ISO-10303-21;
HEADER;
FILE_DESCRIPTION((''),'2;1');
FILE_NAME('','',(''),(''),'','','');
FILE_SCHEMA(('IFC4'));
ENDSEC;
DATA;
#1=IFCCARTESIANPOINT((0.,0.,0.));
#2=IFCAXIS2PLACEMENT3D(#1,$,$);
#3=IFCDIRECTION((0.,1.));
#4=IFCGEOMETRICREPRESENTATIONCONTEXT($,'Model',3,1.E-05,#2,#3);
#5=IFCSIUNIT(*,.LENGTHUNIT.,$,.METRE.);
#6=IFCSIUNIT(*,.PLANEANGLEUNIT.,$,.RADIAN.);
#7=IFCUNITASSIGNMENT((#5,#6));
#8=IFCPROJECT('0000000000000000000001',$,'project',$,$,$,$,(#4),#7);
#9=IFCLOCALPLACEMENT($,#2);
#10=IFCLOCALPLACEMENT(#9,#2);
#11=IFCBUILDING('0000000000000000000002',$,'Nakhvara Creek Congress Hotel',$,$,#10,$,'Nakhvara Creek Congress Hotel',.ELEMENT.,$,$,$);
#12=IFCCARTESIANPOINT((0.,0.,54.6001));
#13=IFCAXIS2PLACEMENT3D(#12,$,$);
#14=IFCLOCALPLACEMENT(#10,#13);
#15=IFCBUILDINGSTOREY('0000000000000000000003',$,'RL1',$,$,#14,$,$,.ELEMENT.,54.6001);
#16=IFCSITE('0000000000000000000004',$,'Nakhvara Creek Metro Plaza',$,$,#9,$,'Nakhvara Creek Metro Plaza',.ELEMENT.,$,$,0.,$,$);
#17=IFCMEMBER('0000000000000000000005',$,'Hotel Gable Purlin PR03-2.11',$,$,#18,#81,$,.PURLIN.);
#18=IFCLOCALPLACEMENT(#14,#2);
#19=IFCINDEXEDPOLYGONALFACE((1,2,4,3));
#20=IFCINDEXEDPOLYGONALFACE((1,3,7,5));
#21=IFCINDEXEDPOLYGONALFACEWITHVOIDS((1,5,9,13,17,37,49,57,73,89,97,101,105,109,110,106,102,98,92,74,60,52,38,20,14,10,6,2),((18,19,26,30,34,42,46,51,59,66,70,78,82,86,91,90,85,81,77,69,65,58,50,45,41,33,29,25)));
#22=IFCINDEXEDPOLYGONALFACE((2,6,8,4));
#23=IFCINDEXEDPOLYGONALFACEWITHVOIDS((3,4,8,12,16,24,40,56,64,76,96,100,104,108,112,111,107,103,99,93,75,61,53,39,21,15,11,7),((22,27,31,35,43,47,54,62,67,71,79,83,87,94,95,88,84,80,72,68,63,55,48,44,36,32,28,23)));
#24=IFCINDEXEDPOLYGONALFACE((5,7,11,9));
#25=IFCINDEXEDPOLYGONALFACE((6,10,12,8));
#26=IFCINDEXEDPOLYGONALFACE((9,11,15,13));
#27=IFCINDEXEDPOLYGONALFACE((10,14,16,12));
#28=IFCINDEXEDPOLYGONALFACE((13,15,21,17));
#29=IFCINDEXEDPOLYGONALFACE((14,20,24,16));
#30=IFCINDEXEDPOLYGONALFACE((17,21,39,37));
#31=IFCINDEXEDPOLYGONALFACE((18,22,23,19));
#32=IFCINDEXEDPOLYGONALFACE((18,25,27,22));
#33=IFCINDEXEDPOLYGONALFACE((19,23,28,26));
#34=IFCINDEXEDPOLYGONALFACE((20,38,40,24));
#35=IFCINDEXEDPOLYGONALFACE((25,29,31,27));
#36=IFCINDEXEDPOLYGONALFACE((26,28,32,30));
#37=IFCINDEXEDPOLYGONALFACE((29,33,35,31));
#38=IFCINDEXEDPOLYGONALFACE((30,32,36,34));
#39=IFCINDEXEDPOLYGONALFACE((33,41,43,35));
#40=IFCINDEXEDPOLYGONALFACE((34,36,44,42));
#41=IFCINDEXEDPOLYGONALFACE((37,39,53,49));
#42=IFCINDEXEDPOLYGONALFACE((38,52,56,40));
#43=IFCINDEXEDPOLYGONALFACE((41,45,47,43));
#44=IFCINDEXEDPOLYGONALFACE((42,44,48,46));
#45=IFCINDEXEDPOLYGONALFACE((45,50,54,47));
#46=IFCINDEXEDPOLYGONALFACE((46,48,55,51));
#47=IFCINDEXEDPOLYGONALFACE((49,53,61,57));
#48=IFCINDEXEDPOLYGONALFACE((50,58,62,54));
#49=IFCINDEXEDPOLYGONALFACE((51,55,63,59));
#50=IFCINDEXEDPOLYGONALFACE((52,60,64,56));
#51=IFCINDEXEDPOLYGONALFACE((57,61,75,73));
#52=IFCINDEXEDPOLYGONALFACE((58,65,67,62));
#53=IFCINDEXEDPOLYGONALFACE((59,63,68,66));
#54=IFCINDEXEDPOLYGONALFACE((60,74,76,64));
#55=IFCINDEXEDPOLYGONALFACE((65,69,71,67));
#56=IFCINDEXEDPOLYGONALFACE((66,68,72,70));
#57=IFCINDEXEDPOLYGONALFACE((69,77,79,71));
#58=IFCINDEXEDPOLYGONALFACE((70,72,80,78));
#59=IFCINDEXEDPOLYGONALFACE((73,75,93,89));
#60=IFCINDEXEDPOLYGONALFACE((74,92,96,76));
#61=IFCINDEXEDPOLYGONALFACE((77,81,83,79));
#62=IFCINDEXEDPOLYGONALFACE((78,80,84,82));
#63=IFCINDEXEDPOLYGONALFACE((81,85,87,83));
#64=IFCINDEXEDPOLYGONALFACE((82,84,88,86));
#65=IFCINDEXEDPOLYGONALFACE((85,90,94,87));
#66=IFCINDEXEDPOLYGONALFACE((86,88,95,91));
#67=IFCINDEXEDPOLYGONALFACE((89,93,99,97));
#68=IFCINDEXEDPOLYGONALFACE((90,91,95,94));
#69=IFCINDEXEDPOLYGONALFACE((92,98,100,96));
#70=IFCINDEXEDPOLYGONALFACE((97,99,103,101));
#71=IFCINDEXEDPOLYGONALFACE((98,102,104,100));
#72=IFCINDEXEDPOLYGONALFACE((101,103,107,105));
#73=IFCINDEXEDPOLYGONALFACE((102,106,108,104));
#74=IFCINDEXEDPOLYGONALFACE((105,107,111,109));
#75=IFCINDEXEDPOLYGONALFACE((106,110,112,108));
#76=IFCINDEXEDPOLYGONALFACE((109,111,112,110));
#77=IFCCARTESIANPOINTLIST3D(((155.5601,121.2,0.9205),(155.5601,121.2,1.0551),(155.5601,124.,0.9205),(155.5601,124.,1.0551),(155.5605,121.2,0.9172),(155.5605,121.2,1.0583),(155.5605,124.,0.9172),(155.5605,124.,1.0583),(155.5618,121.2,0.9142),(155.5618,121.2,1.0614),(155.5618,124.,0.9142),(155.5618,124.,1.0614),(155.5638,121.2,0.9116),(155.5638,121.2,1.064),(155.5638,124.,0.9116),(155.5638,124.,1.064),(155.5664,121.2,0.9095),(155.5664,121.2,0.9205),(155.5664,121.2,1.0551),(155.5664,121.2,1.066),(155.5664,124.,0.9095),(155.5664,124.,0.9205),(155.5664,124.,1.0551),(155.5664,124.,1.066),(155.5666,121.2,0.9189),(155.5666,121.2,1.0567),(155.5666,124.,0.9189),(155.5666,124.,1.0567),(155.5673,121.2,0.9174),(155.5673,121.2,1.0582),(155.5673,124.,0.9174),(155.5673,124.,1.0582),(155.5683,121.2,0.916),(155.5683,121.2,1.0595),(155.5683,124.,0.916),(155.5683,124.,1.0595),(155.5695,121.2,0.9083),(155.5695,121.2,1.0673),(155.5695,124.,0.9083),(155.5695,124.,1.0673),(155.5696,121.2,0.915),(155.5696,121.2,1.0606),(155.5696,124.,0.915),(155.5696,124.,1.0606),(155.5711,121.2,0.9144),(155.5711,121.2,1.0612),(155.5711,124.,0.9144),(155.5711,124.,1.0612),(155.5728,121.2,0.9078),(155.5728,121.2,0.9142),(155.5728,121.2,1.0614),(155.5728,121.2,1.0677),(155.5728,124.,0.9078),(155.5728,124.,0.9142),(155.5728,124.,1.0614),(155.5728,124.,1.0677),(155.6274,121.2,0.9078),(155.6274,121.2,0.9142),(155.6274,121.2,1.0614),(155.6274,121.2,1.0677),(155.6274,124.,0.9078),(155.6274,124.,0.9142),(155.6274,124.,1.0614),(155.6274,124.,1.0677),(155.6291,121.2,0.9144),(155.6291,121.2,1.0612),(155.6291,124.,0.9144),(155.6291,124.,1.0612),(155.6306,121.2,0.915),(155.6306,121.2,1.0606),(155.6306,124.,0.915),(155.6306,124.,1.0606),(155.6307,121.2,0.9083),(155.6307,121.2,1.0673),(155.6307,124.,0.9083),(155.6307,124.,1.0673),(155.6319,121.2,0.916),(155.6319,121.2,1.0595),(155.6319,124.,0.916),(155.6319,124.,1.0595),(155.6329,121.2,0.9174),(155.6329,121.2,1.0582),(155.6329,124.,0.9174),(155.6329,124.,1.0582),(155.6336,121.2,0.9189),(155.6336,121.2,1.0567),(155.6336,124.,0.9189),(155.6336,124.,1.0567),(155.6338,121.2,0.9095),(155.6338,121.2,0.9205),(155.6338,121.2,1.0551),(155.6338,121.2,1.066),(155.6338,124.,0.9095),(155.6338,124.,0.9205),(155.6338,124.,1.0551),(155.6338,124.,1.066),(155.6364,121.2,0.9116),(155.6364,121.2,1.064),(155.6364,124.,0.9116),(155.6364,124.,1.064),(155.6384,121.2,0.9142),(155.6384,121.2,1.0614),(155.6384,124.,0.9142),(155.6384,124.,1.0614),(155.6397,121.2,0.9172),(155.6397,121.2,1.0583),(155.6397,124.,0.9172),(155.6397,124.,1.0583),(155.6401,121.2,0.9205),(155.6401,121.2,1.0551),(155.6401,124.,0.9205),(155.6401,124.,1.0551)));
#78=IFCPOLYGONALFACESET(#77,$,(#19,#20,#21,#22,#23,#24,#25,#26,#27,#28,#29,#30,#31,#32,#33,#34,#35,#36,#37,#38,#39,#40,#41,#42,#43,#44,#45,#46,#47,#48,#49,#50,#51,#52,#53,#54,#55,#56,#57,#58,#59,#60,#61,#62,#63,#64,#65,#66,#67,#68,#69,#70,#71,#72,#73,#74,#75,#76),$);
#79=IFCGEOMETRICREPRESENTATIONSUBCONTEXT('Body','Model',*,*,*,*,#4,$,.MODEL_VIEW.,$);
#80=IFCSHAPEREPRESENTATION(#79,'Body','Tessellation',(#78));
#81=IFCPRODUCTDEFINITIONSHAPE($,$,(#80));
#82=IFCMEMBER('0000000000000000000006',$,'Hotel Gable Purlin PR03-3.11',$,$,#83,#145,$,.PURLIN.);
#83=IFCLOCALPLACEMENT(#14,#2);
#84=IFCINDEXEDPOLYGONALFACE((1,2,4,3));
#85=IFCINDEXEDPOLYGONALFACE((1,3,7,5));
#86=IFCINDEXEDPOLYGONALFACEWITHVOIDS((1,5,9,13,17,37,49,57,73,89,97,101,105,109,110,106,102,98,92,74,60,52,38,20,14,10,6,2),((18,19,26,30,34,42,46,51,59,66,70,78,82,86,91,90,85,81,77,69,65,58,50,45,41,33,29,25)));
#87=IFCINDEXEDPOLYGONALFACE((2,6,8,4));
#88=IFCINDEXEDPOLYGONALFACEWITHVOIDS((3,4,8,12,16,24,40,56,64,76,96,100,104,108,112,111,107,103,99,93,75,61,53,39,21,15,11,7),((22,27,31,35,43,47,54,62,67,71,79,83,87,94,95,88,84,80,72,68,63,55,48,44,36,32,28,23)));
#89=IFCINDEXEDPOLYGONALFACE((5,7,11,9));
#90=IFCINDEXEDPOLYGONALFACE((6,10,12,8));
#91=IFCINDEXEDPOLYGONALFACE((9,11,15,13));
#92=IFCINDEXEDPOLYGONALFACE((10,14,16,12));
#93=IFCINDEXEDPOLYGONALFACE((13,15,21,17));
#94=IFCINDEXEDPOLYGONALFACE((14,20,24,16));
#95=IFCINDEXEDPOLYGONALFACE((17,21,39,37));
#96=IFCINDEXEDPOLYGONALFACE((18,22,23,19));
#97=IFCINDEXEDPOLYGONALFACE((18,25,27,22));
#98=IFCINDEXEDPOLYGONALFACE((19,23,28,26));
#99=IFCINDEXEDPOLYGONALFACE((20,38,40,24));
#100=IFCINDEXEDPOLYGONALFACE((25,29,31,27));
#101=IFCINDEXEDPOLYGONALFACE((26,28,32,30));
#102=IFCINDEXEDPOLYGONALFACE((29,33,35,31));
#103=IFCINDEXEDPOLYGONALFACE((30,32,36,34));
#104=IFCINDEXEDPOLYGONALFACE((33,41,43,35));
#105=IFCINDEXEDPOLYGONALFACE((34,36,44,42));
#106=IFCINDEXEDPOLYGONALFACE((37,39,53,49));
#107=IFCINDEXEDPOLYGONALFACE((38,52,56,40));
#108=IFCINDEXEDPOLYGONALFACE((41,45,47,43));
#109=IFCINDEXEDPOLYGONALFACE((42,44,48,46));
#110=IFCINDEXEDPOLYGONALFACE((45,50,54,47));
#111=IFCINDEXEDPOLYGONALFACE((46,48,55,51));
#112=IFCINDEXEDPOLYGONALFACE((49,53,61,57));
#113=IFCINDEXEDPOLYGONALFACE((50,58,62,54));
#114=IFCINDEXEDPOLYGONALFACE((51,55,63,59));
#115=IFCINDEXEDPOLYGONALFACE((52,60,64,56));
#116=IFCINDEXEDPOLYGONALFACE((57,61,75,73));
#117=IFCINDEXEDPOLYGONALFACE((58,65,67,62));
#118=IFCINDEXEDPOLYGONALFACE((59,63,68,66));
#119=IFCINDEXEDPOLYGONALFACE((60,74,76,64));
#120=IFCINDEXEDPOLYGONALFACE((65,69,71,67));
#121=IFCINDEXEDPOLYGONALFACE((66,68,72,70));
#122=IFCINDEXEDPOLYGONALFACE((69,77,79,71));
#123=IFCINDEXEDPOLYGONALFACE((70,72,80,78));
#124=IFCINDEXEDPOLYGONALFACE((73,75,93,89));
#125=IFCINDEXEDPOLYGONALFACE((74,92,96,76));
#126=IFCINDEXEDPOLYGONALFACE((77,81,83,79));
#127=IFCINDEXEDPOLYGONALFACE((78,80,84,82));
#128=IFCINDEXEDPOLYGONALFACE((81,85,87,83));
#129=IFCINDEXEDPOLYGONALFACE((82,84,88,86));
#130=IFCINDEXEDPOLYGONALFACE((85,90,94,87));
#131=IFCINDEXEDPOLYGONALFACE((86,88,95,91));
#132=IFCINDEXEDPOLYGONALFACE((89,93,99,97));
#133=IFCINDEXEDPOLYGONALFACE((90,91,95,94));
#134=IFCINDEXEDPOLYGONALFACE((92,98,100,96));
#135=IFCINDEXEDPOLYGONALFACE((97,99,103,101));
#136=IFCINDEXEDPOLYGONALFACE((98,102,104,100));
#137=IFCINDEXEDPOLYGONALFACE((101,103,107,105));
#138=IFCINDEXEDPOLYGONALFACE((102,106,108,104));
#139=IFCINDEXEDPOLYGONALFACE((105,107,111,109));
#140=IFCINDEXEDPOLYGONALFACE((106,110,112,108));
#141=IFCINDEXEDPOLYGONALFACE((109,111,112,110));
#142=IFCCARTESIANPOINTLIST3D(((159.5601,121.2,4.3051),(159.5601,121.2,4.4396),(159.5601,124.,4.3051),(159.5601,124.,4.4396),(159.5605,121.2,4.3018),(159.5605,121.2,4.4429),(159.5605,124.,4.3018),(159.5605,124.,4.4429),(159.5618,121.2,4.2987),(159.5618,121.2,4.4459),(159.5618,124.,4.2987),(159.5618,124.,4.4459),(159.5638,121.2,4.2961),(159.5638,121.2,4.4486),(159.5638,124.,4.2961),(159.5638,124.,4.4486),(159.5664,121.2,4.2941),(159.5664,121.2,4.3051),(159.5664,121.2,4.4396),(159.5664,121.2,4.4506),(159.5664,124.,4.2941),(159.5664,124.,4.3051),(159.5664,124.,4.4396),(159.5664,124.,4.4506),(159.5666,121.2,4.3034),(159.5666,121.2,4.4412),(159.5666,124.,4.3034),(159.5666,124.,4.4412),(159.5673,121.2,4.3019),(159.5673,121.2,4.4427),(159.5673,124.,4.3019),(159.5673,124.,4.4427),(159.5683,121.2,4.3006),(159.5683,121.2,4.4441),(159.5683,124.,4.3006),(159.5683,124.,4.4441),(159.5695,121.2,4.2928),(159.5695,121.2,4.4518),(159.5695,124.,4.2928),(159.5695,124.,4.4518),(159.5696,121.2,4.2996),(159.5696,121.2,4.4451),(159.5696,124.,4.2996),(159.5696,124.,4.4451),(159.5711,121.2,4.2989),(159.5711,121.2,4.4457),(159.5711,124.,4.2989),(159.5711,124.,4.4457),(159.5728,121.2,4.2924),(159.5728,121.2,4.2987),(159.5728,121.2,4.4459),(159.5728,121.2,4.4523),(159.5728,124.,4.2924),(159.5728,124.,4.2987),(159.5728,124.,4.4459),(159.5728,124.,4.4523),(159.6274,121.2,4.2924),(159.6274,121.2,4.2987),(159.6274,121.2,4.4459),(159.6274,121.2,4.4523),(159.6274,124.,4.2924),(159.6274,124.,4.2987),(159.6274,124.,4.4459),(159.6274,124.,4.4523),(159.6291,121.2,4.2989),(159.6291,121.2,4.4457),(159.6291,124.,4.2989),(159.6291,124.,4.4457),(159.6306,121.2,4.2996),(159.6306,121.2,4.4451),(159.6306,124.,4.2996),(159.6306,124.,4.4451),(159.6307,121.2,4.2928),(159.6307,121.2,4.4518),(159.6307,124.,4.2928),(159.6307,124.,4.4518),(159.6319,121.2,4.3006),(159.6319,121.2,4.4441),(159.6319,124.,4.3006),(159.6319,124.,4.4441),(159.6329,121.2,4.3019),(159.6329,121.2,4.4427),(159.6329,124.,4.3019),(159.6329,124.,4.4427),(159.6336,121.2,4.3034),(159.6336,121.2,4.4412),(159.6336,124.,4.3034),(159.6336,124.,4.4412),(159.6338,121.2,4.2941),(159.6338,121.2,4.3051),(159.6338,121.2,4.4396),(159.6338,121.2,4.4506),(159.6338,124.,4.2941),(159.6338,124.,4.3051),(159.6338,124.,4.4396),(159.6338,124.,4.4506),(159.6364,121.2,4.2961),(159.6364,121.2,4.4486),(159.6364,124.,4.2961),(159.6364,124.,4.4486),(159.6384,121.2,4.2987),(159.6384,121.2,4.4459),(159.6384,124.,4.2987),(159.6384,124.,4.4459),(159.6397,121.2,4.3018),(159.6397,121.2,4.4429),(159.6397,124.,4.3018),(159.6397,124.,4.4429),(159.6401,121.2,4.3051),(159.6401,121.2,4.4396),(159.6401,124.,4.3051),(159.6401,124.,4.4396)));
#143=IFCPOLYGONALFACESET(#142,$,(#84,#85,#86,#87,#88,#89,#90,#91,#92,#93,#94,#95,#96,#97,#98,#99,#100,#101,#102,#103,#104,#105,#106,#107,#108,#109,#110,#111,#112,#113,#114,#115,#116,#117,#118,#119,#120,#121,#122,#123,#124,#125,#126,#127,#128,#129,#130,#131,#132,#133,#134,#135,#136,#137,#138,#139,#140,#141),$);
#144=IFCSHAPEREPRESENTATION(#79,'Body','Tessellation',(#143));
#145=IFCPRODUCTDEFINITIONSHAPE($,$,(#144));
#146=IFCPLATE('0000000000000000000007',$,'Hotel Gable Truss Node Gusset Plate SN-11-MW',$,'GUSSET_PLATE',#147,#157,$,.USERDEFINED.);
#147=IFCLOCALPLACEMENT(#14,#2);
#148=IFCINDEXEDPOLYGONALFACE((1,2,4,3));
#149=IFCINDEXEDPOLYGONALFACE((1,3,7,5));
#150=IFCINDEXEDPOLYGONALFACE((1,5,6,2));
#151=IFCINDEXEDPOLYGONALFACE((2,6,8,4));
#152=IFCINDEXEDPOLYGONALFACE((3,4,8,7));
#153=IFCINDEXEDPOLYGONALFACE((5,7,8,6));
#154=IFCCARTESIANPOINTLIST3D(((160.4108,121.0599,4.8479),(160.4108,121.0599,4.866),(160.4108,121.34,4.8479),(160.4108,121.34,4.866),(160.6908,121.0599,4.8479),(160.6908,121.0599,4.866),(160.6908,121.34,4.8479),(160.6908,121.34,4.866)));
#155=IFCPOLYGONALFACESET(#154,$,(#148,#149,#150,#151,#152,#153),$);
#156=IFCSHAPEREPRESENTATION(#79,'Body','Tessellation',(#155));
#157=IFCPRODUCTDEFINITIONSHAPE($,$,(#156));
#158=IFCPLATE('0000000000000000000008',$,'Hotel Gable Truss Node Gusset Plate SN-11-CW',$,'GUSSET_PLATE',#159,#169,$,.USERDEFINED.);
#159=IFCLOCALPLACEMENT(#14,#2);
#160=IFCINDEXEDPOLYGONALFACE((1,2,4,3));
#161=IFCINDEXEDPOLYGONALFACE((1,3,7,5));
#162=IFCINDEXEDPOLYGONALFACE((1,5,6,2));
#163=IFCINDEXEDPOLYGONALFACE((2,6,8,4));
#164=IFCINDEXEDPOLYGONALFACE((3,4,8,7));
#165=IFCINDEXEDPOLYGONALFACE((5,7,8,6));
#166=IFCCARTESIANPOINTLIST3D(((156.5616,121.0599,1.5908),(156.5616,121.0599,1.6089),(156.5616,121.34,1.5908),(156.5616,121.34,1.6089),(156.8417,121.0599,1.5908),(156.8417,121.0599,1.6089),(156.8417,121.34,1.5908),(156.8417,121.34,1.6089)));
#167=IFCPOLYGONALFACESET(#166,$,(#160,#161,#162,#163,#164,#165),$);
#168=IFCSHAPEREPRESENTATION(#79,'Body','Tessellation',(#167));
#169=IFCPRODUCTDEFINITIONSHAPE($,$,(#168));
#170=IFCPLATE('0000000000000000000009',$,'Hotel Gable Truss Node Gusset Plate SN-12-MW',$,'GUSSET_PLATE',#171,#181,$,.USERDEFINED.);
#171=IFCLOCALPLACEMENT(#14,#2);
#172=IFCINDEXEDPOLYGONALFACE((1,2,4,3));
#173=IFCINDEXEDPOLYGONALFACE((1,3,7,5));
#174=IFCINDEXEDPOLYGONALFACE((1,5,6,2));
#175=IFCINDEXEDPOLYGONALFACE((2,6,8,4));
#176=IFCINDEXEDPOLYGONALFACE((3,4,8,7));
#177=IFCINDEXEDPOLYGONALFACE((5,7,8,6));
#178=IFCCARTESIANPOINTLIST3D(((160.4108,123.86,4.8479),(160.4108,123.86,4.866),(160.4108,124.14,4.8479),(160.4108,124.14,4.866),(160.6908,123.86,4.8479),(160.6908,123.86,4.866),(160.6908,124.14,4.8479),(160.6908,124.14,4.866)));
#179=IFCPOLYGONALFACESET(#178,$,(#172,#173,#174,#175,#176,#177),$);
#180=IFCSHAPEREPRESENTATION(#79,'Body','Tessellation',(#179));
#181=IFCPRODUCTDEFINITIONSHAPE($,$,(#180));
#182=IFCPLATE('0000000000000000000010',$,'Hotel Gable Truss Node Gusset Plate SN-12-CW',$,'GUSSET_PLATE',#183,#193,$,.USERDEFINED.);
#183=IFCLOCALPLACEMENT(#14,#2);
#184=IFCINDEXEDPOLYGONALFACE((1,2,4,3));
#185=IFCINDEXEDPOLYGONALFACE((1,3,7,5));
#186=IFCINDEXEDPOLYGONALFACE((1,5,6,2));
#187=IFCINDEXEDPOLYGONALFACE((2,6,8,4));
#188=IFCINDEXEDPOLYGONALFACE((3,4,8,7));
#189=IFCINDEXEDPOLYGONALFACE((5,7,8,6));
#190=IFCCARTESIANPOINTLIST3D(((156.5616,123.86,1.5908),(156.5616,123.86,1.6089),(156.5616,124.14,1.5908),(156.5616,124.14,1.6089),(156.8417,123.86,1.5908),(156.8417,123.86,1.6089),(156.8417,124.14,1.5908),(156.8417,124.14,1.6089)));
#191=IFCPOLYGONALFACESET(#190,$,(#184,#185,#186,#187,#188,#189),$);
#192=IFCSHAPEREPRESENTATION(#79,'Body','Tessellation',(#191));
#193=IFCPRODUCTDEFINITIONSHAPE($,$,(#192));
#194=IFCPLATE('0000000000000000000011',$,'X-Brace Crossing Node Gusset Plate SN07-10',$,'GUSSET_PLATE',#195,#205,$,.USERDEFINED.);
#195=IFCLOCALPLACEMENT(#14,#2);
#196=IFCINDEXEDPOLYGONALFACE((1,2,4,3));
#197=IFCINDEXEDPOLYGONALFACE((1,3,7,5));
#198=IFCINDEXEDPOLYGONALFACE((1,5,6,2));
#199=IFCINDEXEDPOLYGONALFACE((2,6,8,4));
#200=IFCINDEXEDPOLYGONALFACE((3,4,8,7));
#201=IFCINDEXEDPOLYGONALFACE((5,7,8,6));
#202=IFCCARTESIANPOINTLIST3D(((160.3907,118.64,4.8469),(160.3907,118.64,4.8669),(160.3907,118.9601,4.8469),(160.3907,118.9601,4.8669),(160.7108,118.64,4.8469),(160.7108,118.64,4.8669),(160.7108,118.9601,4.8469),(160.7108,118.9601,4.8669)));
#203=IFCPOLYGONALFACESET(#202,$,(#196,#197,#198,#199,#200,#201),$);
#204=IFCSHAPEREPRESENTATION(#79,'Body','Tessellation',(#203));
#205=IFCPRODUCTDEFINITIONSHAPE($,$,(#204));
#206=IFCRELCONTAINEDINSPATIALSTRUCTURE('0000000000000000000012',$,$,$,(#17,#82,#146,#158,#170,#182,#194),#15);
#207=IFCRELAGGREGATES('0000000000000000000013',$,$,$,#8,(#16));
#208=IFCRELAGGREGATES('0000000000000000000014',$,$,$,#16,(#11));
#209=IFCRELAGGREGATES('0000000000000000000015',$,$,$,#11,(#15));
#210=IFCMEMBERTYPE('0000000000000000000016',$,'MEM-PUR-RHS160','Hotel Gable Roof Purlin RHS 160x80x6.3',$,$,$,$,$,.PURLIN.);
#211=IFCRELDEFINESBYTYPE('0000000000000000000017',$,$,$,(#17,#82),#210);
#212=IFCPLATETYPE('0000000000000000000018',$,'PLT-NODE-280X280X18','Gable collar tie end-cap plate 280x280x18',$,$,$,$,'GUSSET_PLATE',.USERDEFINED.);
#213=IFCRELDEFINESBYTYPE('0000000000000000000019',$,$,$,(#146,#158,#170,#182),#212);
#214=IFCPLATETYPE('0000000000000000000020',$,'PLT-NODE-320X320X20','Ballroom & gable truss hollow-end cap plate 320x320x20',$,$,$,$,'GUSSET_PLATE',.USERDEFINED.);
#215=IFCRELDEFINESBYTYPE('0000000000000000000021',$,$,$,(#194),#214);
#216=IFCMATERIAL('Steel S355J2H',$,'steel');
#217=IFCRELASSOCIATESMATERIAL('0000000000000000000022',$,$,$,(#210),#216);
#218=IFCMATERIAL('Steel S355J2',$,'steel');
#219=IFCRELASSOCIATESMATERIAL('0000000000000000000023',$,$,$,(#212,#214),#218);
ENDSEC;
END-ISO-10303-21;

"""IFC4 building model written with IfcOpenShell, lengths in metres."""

from ifc_helpers import new_model, si_unit, direction, frame, origin, origin_2d, place, context, subcontext, project, spatial, rectangle, hollow_rectangle, extrude, material, material_profile, profile_set, type_object, element, save


model = new_model("IFC4")

# Units and contexts
model_context = context("Model", 3, precision=1e-05, world=origin(), true_north=direction((0.0, 1.0)))
body_context = subcontext(model_context, "Body", "Model", "MODEL_VIEW")
ifc_project = project(units=[si_unit("LENGTHUNIT", "METRE"), si_unit("PLANEANGLEUNIT", "RADIAN")], contexts=[model_context])

# Site, building, storey
site_placement = place(None, origin())
site = spatial("IfcSite", under=ifc_project, at=site_placement, Name="Nakhvara Creek Metro Plaza", LongName="Nakhvara Creek Metro Plaza", CompositionType="ELEMENT", RefElevation=0.0)
building_placement = place(site_placement, origin())
building = spatial("IfcBuilding", under=site, at=building_placement, Name="Nakhvara Creek Congress Hotel", LongName="Nakhvara Creek Congress Hotel", CompositionType="ELEMENT")
storey_placement = place(building_placement, frame((0.0, 0.0, 54.6001)))
storey = spatial("IfcBuildingStorey", under=building, at=storey_placement, Name="RL1", CompositionType="ELEMENT", Elevation=54.6001)

# Shared definitions
ifc_material_1 = material(Name="Steel S355J2", Category="steel")

# Members
ifc_material_2 = material(Name="Steel S355J2H", Category="steel")
ifc_material_profile_1 = material_profile(ifc_material_2, hollow_rectangle(XDim=0.0801, YDim=0.1599, WallThickness=0.0063, InnerFilletRadius=0.0063, OuterFilletRadius=0.0127, at=origin_2d()), Name="RHS 160x80x6.3", Category="LoadBearing")
ifc_profile_set_1 = profile_set([ifc_material_profile_1], Name="Steel S355J2H")
member_type_1 = type_object("IfcMemberType", Name="MEM-PUR-RHS160", Description="Hotel Gable Roof Purlin RHS 160x80x6.3", PredefinedType="PURLIN", material=ifc_profile_set_1)
for number, where, z_axis, x_axis, name in (
    (1, (155.6001, 121.2, 0.9878), (0.0, 1.0, 0.0), (-1.0, 0.0, 0.0), "Hotel Gable Purlin PR03-2.11"),
    (2, (159.6001, 121.2, 4.3723), (0.0, 1.0, 0.0), (-1.0, 0.0, 0.0), "Hotel Gable Purlin PR03-3.11"),
):
    element("IfcMember", number, at=place(storey_placement, frame(where, z_axis=z_axis, x_axis=x_axis)), inside=storey, type_object=member_type_1, Name=name, PredefinedType="PURLIN", context=body_context, shape_type="SweptSolid", body=[
        extrude(hollow_rectangle(XDim=0.0801, YDim=0.1599, WallThickness=0.0063, InnerFilletRadius=0.0063, OuterFilletRadius=0.0127, at=origin_2d()), origin(), (0.0, 0.0, 1.0), 2.8),
    ])

# Plates
plate_type_1 = type_object("IfcPlateType", Name="PLT-NODE-280X280X18", Description="Gable collar tie end-cap plate 280x280x18", ElementType="GUSSET_PLATE", PredefinedType="USERDEFINED", material=ifc_material_1)
for number, where, z_axis, x_axis, name in (
    (3, (160.5508, 121.2, 4.8479), (0.0, 0.0, 1.0), (1.0, 0.0, 0.0), "Hotel Gable Truss Node Gusset Plate SN-11-MW"),
    (4, (156.7017, 121.2, 1.5908), (0.0, 0.0, 1.0), (1.0, 0.0, 0.0), "Hotel Gable Truss Node Gusset Plate SN-11-CW"),
    (5, (160.5508, 124.0, 4.8479), (0.0, 0.0, 1.0), (1.0, 0.0, 0.0), "Hotel Gable Truss Node Gusset Plate SN-12-MW"),
    (6, (156.7017, 124.0, 1.5908), (0.0, 0.0, 1.0), (1.0, 0.0, 0.0), "Hotel Gable Truss Node Gusset Plate SN-12-CW"),
):
    element("IfcPlate", number, at=place(storey_placement, frame(where, z_axis=z_axis, x_axis=x_axis)), inside=storey, type_object=plate_type_1, Name=name, ObjectType="GUSSET_PLATE", PredefinedType="USERDEFINED", context=body_context, shape_type="SweptSolid", body=[
        extrude(rectangle(XDim=0.28, YDim=0.28, at=origin_2d()), origin(), (0.0, 0.0, 1.0), 0.0181),
    ])
plate_type_2 = type_object("IfcPlateType", Name="PLT-NODE-320X320X20", Description="Ballroom & gable truss hollow-end cap plate 320x320x20", ElementType="GUSSET_PLATE", PredefinedType="USERDEFINED", material=ifc_material_1)
plate_placement = place(storey_placement, frame((160.5508, 118.8, 4.8469), z_axis=(0.0, 0.0, 1.0), x_axis=(1.0, 0.0, 0.0)))
element("IfcPlate", 7, at=plate_placement, inside=storey, type_object=plate_type_2, Name="X-Brace Crossing Node Gusset Plate SN07-10", ObjectType="GUSSET_PLATE", PredefinedType="USERDEFINED", context=body_context, shape_type="SweptSolid", body=[
    extrude(rectangle(XDim=0.3201, YDim=0.3201, at=origin_2d()), origin(), (0.0, 0.0, 1.0), 0.02),
])

save(model, "model.ifc")
